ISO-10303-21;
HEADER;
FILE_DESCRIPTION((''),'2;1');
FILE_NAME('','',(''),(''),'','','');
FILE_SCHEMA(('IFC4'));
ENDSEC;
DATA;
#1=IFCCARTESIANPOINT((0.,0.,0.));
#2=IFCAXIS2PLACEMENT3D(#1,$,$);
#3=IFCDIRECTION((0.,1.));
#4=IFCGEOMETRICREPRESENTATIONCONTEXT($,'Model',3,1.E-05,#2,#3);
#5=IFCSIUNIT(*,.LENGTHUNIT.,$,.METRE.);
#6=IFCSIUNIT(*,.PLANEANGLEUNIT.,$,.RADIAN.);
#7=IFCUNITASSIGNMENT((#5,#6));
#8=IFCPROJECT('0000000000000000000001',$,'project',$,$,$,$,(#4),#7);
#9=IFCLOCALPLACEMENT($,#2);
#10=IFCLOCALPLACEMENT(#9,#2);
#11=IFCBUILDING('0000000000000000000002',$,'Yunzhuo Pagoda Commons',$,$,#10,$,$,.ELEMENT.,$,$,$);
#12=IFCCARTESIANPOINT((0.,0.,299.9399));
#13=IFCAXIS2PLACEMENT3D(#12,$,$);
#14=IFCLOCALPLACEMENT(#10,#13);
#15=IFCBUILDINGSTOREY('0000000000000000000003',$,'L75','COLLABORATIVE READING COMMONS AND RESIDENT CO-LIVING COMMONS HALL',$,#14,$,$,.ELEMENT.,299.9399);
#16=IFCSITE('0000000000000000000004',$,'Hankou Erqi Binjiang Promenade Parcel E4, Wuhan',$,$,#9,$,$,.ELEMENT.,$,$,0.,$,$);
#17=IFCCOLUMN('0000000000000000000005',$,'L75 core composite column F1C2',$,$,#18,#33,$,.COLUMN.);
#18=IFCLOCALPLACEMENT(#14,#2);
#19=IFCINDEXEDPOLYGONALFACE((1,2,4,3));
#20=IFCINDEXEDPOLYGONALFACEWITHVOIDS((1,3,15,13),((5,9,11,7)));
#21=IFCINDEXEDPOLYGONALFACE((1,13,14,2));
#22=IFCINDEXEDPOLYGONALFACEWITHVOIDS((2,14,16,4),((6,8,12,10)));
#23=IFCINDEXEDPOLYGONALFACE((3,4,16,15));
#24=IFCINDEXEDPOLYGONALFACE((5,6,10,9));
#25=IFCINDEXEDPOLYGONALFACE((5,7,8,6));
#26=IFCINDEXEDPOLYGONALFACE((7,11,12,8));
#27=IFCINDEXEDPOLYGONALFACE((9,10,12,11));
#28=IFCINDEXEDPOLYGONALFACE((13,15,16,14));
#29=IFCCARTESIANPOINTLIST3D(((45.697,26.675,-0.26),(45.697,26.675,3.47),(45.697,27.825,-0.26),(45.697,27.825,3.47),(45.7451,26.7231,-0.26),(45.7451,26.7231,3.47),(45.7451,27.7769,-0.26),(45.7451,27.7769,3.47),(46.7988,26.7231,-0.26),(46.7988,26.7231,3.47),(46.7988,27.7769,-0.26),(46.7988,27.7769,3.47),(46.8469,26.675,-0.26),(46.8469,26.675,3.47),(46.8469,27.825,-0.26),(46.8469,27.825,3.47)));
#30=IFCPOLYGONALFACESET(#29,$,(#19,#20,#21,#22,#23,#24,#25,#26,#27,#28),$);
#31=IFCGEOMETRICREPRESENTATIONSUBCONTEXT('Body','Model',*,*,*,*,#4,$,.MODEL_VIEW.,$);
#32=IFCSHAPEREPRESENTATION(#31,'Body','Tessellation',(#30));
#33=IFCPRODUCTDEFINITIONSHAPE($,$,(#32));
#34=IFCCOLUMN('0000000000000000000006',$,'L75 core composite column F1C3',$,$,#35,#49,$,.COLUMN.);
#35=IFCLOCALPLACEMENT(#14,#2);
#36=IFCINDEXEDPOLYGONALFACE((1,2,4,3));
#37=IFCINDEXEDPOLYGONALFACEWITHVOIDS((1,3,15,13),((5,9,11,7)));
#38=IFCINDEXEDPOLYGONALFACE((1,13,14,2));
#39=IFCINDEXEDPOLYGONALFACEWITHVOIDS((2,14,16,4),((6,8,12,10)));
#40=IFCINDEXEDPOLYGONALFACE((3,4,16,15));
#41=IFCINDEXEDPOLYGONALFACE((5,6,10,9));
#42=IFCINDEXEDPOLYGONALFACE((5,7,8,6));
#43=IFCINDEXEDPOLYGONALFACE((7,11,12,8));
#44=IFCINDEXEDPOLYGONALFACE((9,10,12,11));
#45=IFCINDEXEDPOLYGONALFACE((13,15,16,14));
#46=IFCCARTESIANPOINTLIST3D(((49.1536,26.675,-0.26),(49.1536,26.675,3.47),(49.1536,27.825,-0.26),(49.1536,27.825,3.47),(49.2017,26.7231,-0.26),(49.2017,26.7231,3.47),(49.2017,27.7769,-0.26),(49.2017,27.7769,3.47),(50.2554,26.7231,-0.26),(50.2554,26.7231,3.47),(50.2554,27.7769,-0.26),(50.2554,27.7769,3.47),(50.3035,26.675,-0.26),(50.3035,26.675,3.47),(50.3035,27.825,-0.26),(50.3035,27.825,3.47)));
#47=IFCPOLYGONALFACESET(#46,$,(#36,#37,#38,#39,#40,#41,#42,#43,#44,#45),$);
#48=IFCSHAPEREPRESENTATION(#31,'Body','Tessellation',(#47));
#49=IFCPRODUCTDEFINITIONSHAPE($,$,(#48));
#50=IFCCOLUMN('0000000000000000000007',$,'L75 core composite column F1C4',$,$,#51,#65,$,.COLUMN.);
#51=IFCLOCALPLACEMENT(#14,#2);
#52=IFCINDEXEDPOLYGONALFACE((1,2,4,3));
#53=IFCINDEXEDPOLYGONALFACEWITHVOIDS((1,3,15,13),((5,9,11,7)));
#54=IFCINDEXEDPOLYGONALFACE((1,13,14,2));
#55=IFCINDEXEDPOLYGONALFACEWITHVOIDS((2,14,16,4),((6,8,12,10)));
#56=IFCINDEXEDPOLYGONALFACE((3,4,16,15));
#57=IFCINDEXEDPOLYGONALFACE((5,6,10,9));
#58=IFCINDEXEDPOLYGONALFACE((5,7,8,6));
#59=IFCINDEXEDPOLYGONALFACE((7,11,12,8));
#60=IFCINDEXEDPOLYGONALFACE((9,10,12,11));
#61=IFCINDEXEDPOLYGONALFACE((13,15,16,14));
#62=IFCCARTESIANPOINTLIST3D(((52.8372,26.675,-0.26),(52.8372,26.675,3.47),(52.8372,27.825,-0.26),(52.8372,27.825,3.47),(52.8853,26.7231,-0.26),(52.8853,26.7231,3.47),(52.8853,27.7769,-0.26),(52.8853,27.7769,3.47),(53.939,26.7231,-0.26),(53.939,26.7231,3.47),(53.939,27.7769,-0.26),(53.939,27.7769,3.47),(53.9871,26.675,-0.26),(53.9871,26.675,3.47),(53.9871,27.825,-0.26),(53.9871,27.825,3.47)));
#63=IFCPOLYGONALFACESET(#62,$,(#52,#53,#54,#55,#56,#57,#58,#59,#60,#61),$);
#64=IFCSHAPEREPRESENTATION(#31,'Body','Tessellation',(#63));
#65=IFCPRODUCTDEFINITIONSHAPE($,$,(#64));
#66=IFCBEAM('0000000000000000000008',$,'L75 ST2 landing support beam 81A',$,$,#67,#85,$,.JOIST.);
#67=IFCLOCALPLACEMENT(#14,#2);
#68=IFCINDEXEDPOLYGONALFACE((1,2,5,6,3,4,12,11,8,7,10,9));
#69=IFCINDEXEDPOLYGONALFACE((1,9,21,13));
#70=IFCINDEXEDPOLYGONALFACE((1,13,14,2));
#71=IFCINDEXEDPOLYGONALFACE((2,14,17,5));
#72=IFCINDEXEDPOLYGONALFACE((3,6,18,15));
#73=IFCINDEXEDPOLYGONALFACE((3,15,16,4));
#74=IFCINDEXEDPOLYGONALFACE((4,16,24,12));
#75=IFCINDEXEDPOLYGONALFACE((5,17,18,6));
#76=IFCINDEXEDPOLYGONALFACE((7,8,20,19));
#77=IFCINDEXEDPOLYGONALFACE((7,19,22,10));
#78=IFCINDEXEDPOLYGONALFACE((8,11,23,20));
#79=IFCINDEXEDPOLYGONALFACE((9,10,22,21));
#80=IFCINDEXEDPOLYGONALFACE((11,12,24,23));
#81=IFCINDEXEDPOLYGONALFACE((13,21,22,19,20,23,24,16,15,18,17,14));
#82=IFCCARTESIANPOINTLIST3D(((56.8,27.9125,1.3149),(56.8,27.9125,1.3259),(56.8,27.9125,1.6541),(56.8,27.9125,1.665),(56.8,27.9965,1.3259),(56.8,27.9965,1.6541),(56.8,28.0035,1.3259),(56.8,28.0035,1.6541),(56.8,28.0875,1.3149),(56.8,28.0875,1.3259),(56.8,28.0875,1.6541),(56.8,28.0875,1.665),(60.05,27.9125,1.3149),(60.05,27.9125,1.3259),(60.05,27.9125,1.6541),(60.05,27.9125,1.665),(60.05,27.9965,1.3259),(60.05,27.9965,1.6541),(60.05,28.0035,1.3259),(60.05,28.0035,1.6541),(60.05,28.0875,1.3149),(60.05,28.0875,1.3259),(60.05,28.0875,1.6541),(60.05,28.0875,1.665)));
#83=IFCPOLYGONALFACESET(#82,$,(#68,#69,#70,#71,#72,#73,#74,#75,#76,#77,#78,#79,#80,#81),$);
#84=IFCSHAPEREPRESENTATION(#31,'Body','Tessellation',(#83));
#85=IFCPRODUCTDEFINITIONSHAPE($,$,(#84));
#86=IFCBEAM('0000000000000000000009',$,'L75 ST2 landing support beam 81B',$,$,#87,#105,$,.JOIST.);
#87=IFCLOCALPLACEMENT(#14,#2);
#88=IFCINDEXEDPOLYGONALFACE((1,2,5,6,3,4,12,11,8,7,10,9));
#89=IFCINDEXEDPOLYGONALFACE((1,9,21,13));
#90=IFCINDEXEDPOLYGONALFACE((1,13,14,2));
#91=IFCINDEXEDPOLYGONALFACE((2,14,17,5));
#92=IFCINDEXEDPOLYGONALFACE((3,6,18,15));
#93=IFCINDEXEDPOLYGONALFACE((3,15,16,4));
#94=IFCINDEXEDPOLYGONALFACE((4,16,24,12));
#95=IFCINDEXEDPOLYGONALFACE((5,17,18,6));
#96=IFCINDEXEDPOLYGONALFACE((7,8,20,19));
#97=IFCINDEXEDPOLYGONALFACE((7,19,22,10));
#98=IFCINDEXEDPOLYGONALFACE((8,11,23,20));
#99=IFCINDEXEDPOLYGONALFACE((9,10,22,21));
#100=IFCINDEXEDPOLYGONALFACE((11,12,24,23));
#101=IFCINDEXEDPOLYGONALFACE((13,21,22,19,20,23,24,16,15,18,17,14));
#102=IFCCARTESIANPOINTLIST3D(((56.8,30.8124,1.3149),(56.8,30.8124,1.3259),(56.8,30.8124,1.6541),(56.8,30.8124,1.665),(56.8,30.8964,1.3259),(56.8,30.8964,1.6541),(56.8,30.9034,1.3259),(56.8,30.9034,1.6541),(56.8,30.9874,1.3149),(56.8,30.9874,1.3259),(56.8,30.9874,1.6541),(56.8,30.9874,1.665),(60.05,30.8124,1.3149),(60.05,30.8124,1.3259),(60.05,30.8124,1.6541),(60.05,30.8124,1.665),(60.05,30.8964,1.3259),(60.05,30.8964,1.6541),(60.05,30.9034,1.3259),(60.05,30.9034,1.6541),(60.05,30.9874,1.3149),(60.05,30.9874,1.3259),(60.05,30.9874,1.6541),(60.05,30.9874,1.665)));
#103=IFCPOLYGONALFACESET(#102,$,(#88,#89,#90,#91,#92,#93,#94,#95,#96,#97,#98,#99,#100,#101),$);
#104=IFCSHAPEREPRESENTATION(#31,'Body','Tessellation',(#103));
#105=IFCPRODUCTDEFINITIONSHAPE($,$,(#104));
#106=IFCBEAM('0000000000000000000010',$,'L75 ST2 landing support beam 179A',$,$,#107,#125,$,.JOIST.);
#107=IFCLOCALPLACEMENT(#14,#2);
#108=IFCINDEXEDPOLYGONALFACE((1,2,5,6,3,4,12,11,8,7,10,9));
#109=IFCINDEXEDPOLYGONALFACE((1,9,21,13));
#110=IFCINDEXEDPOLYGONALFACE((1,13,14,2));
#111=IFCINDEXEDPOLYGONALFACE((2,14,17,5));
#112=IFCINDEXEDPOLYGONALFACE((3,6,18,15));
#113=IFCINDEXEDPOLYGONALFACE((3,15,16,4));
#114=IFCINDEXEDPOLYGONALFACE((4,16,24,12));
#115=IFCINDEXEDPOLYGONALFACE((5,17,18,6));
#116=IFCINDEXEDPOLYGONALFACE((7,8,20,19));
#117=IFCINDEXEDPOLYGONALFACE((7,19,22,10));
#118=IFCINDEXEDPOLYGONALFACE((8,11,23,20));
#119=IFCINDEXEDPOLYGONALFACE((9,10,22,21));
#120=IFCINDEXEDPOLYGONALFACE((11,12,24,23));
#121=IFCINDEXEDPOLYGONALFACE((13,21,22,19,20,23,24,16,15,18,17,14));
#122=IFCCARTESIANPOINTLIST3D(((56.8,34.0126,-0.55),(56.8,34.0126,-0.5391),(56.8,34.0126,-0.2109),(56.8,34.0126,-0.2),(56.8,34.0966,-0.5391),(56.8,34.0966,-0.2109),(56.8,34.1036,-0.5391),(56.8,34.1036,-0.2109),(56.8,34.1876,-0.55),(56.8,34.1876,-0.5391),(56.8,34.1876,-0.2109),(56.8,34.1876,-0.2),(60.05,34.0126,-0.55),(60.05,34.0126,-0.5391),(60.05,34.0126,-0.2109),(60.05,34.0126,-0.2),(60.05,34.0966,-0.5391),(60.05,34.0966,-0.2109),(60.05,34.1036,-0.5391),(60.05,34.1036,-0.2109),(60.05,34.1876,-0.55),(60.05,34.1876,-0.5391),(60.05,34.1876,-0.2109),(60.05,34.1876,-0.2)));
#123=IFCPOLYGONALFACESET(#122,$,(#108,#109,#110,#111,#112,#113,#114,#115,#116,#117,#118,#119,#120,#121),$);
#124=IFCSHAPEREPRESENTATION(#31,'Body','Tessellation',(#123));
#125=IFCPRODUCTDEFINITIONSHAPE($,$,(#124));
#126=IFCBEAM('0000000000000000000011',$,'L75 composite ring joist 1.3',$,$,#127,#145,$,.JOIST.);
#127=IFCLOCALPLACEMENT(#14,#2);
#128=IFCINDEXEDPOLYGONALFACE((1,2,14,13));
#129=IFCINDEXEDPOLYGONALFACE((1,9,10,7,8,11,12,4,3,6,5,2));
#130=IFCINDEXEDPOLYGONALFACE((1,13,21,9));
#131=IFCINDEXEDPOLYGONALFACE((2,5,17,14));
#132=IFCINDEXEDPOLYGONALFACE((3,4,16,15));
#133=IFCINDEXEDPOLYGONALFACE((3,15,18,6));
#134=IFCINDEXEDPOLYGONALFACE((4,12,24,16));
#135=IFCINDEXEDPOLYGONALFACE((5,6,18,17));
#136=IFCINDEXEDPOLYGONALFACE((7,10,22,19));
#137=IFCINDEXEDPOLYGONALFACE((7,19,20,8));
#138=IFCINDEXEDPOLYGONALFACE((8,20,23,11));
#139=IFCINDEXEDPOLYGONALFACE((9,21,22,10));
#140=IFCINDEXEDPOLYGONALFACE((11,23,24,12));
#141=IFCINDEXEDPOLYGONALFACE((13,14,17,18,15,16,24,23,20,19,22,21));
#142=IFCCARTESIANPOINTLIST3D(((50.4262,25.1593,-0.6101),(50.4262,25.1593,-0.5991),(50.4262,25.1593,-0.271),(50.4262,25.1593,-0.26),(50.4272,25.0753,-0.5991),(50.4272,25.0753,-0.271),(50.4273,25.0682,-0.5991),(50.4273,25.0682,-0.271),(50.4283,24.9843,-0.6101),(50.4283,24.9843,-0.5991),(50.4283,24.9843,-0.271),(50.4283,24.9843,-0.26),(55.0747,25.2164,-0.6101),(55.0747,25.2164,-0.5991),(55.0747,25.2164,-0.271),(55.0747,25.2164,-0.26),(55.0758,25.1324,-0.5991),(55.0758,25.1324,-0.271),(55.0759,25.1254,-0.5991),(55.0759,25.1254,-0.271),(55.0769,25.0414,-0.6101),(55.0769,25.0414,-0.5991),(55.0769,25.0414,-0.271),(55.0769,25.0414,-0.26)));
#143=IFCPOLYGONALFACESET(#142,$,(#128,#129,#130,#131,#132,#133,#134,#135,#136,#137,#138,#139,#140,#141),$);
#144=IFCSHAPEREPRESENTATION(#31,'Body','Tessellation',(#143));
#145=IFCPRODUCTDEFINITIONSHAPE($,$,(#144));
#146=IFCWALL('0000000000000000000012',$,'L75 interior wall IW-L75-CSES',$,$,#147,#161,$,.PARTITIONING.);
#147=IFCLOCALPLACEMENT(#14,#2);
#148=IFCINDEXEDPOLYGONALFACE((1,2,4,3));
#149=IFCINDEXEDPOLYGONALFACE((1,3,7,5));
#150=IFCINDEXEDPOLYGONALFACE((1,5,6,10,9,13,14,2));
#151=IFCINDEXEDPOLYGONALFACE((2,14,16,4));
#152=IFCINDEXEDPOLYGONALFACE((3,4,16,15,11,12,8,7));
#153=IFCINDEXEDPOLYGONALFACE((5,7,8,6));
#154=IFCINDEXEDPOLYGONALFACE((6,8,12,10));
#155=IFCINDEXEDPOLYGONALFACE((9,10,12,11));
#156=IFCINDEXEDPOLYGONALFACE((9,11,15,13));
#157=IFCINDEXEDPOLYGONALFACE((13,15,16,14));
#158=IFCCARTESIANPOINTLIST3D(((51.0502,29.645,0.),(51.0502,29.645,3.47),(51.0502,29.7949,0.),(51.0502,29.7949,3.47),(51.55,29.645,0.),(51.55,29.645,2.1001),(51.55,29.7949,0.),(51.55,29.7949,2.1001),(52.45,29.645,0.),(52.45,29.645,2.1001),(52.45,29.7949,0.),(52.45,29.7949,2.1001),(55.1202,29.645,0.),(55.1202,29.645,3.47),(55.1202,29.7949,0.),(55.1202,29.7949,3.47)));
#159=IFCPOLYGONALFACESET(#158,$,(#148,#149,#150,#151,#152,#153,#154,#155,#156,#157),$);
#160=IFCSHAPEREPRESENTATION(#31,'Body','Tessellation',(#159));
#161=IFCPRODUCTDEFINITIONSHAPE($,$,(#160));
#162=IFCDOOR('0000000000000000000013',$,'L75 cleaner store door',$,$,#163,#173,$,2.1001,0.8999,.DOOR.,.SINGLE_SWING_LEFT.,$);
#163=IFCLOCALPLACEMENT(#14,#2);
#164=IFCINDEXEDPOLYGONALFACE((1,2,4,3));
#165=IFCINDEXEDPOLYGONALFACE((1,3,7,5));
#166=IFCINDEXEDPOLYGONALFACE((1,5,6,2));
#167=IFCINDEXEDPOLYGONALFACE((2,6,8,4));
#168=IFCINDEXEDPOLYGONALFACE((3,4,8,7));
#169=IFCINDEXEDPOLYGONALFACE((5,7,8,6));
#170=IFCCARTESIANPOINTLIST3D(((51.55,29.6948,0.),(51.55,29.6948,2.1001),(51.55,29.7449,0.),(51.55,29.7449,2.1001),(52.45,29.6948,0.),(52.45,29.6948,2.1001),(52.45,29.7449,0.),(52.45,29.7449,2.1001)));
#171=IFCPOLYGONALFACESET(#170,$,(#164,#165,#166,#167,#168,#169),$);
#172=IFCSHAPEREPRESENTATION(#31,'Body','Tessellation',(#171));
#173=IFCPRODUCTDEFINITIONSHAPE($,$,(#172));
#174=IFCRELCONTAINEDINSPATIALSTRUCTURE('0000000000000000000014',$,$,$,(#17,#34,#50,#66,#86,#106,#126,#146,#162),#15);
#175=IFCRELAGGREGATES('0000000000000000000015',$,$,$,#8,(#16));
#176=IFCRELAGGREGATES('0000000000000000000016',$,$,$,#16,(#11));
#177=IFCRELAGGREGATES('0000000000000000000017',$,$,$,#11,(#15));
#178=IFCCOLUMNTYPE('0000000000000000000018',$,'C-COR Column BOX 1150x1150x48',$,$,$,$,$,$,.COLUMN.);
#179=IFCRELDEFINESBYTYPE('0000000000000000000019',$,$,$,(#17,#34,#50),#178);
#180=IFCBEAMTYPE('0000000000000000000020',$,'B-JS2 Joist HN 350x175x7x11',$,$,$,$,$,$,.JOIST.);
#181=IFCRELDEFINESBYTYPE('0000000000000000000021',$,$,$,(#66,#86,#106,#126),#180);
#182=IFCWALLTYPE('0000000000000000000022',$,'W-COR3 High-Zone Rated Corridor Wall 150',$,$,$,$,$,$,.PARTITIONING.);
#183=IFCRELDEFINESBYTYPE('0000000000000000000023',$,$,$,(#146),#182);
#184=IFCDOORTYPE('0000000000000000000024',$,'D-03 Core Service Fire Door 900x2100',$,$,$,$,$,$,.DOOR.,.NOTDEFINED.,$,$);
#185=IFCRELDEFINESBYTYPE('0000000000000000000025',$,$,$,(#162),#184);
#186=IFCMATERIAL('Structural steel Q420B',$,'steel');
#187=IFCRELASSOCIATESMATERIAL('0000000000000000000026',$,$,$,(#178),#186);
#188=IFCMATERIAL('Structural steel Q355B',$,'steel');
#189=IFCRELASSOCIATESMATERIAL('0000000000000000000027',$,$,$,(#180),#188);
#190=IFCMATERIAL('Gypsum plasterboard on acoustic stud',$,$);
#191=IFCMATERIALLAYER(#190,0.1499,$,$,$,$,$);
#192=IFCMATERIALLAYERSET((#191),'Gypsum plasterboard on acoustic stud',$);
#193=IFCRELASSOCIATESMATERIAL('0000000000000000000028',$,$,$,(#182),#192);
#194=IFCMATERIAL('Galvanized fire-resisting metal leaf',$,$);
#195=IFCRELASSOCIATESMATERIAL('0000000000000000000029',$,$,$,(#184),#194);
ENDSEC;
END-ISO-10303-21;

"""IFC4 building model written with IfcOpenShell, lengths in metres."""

from ifc_helpers import new_model, si_unit, direction, frame, frame_2d, origin, origin_with_axes, origin_2d, place, context, subcontext, project, spatial, rectangle, hollow_rectangle, i_section, extrude, source, transform, mapped, material, layer, layer_set, material_profile, profile_set, type_object, element, fill, save


model = new_model("IFC4")

# Units and contexts
model_context = context("Model", 3, precision=1e-05, world=origin(), true_north=direction((0.0, 1.0)))
body_context = subcontext(model_context, "Body", "Model", "MODEL_VIEW")
ifc_project = project(units=[si_unit("LENGTHUNIT", "METRE"), si_unit("PLANEANGLEUNIT", "RADIAN")], contexts=[model_context])

# Site, building, storey
site_placement = place(None, origin())
site = spatial("IfcSite", under=ifc_project, at=site_placement, Name="Hankou Erqi Binjiang Promenade Parcel E4, Wuhan", CompositionType="ELEMENT", RefElevation=0.0)
building_placement = place(site_placement, origin())
building = spatial("IfcBuilding", under=site, at=building_placement, Name="Yunzhuo Pagoda Commons", CompositionType="ELEMENT")
storey_placement = place(building_placement, frame((0.0, 0.0, 299.9399)))
storey = spatial("IfcBuildingStorey", under=building, at=storey_placement, Name="L75", Description="COLLABORATIVE READING COMMONS AND RESIDENT CO-LIVING COMMONS HALL", CompositionType="ELEMENT", Elevation=299.9399)

# Columns
ifc_material_1 = material(Name="Structural steel Q420B", Category="steel")
ifc_material_profile_1 = material_profile(ifc_material_1, hollow_rectangle(XDim=1.1499, YDim=1.1499, WallThickness=0.0481, at=origin_2d()), Name="Structural steel Q420B")
ifc_profile_set_1 = profile_set([ifc_material_profile_1], Name="Structural steel Q420B")
column_type = type_object("IfcColumnType", Name="C-COR Column BOX 1150x1150x48", PredefinedType="COLUMN", material=ifc_profile_set_1)
shared_shape_1 = source(origin(), body_context, "Body", "SweptSolid", [
    extrude(hollow_rectangle(XDim=1.1499, YDim=1.1499, WallThickness=0.0481, at=origin_2d()), origin(), (0.0, 0.0, 1.0), 3.73),
])
for number, where, z_axis, x_axis, name in (
    (1, (46.272, 27.25, -0.26), (0.0, 0.0, 1.0), (1.0, 0.0, 0.0), "L75 core composite column F1C2"),
    (2, (49.7285, 27.25, -0.26), (0.0, 0.0, 1.0), (1.0, 0.0, 0.0), "L75 core composite column F1C3"),
    (3, (53.4121, 27.25, -0.26), (0.0, 0.0, 1.0), (1.0, 0.0, 0.0), "L75 core composite column F1C4"),
):
    element("IfcColumn", number, at=place(storey_placement, frame(where, z_axis=z_axis, x_axis=x_axis)), inside=storey, type_object=column_type, Name=name, PredefinedType="COLUMN", context=body_context, shape_type="MappedRepresentation", body=[
        mapped(shared_shape_1, transform((0.0, 0.0, 0.0), scale=1.0)),
    ])

# Beams
ifc_material_2 = material(Name="Structural steel Q355B", Category="steel")
ifc_material_profile_2 = material_profile(ifc_material_2, i_section(OverallWidth=0.175, OverallDepth=0.3501, WebThickness=0.0071, FlangeThickness=0.011, at=origin_2d()), Name="Structural steel Q355B")
ifc_profile_set_2 = profile_set([ifc_material_profile_2], Name="Structural steel Q355B")
beam_type = type_object("IfcBeamType", Name="B-JS2 Joist HN 350x175x7x11", PredefinedType="JOIST", material=ifc_profile_set_2)
shared_shape_2 = source(origin(), body_context, "Body", "SweptSolid", [
    extrude(i_section(OverallWidth=0.175, OverallDepth=0.3501, WebThickness=0.0071, FlangeThickness=0.011, at=origin_2d()), origin(), (0.0, 0.0, 1.0), 3.25),
])
for number, where, z_axis, x_axis, name in (
    (4, (56.8, 28.0, 1.49), (1.0, 0.0, 0.0), (0.0, 1.0, 0.0), "L75 ST2 landing support beam 81A"),
    (5, (56.8, 30.8999, 1.49), (1.0, 0.0, 0.0), (0.0, 1.0, 0.0), "L75 ST2 landing support beam 81B"),
    (6, (56.8, 34.1001, -0.375), (1.0, 0.0, 0.0), (0.0, 1.0, 0.0), "L75 ST2 landing support beam 179A"),
):
    element("IfcBeam", number, at=place(storey_placement, frame(where, z_axis=z_axis, x_axis=x_axis)), inside=storey, type_object=beam_type, Name=name, PredefinedType="JOIST", context=body_context, shape_type="MappedRepresentation", body=[
        mapped(shared_shape_2, transform((0.0, 0.0, 0.0), scale=1.0)),
    ])
shared_shape_3 = source(origin(), body_context, "Body", "SweptSolid", [
    extrude(i_section(OverallWidth=0.175, OverallDepth=0.3501, WebThickness=0.0071, FlangeThickness=0.011, at=origin_2d()), origin(), (0.0, 0.0, 1.0), 4.6489),
])
beam_placement = place(storey_placement, frame((50.4272, 25.0718, -0.4351), z_axis=(0.999924, 0.012288, 0.0), x_axis=(-0.012288, 0.999924, 0.0)))
element("IfcBeam", 7, at=beam_placement, inside=storey, type_object=beam_type, Name="L75 composite ring joist 1.3", PredefinedType="JOIST", context=body_context, shape_type="MappedRepresentation", body=[
    mapped(shared_shape_3, transform((0.0, 0.0, 0.0), scale=1.0)),
])

# Wall, opening, door
ifc_material_3 = material(Name="Gypsum plasterboard on acoustic stud")
ifc_layer_1 = layer(ifc_material_3, 0.1499)
ifc_layer_set_1 = layer_set([ifc_layer_1], Name="Gypsum plasterboard on acoustic stud")
wall_type_1 = type_object("IfcWallType", Name="W-COR3 High-Zone Rated Corridor Wall 150", PredefinedType="PARTITIONING", material=ifc_layer_set_1)
wall_1_placement = place(storey_placement, frame((51.05, 29.72, 0.0), z_axis=(0.0, 0.0, 1.0), x_axis=(1.0, 0.0, 0.0)))
wall_1 = element("IfcWall", 8, at=wall_1_placement, inside=storey, type_object=wall_type_1, Name="L75 interior wall IW-L75-CSES", PredefinedType="PARTITIONING", context=body_context, shape_type="SweptSolid", body=[
    extrude(rectangle(XDim=4.0701, YDim=0.1499, at=frame_2d((2.0352, 0.0))), origin(), (0.0, 0.0, 1.0), 3.47),
])
opening_1_placement = place(wall_1_placement, frame((0.5, 0.0, 0.0)))
opening_1 = element("IfcOpeningElement", 9, at=opening_1_placement, cuts=wall_1, PredefinedType="OPENING", context=body_context, shape_type="SweptSolid", body=[
    extrude(rectangle(XDim=0.8999, YDim=2.1001, at=frame_2d((0.45, 1.05))), frame((0.0, 0.085, 0.0), z_axis=(0.0, -1.0, 0.0), x_axis=(1.0, 0.0, 0.0)), (0.0, 0.0, 1.0), 0.1699),
])
ifc_material_4 = material(Name="Galvanized fire-resisting metal leaf")
door_type_1 = type_object("IfcDoorType", Name="D-03 Core Service Fire Door 900x2100", OperationType="NOTDEFINED", PredefinedType="DOOR", material=ifc_material_4)
shared_shape_4 = source(origin(), body_context, "Body", "SweptSolid", [
    extrude(rectangle(XDim=0.8999, YDim=2.1001, at=frame_2d((0.45, 1.05))), frame((0.0, 0.0249, 0.0), z_axis=(0.0, -1.0, 0.0), x_axis=(1.0, 0.0, 0.0)), (0.0, 0.0, 1.0), 0.05),
])
door_1_placement = place(opening_1_placement, origin_with_axes())
door_1 = element("IfcDoor", 10, at=door_1_placement, inside=storey, type_object=door_type_1, Name="L75 cleaner store door", OperationType="SINGLE_SWING_LEFT", OverallHeight=2.1001, OverallWidth=0.8999, PredefinedType="DOOR", context=body_context, shape_type="MappedRepresentation", body=[
    mapped(shared_shape_4, transform((0.0, 0.0, 0.0), scale=1.0)),
])
fill(opening_1, door_1)

save(model, "model.ifc")
